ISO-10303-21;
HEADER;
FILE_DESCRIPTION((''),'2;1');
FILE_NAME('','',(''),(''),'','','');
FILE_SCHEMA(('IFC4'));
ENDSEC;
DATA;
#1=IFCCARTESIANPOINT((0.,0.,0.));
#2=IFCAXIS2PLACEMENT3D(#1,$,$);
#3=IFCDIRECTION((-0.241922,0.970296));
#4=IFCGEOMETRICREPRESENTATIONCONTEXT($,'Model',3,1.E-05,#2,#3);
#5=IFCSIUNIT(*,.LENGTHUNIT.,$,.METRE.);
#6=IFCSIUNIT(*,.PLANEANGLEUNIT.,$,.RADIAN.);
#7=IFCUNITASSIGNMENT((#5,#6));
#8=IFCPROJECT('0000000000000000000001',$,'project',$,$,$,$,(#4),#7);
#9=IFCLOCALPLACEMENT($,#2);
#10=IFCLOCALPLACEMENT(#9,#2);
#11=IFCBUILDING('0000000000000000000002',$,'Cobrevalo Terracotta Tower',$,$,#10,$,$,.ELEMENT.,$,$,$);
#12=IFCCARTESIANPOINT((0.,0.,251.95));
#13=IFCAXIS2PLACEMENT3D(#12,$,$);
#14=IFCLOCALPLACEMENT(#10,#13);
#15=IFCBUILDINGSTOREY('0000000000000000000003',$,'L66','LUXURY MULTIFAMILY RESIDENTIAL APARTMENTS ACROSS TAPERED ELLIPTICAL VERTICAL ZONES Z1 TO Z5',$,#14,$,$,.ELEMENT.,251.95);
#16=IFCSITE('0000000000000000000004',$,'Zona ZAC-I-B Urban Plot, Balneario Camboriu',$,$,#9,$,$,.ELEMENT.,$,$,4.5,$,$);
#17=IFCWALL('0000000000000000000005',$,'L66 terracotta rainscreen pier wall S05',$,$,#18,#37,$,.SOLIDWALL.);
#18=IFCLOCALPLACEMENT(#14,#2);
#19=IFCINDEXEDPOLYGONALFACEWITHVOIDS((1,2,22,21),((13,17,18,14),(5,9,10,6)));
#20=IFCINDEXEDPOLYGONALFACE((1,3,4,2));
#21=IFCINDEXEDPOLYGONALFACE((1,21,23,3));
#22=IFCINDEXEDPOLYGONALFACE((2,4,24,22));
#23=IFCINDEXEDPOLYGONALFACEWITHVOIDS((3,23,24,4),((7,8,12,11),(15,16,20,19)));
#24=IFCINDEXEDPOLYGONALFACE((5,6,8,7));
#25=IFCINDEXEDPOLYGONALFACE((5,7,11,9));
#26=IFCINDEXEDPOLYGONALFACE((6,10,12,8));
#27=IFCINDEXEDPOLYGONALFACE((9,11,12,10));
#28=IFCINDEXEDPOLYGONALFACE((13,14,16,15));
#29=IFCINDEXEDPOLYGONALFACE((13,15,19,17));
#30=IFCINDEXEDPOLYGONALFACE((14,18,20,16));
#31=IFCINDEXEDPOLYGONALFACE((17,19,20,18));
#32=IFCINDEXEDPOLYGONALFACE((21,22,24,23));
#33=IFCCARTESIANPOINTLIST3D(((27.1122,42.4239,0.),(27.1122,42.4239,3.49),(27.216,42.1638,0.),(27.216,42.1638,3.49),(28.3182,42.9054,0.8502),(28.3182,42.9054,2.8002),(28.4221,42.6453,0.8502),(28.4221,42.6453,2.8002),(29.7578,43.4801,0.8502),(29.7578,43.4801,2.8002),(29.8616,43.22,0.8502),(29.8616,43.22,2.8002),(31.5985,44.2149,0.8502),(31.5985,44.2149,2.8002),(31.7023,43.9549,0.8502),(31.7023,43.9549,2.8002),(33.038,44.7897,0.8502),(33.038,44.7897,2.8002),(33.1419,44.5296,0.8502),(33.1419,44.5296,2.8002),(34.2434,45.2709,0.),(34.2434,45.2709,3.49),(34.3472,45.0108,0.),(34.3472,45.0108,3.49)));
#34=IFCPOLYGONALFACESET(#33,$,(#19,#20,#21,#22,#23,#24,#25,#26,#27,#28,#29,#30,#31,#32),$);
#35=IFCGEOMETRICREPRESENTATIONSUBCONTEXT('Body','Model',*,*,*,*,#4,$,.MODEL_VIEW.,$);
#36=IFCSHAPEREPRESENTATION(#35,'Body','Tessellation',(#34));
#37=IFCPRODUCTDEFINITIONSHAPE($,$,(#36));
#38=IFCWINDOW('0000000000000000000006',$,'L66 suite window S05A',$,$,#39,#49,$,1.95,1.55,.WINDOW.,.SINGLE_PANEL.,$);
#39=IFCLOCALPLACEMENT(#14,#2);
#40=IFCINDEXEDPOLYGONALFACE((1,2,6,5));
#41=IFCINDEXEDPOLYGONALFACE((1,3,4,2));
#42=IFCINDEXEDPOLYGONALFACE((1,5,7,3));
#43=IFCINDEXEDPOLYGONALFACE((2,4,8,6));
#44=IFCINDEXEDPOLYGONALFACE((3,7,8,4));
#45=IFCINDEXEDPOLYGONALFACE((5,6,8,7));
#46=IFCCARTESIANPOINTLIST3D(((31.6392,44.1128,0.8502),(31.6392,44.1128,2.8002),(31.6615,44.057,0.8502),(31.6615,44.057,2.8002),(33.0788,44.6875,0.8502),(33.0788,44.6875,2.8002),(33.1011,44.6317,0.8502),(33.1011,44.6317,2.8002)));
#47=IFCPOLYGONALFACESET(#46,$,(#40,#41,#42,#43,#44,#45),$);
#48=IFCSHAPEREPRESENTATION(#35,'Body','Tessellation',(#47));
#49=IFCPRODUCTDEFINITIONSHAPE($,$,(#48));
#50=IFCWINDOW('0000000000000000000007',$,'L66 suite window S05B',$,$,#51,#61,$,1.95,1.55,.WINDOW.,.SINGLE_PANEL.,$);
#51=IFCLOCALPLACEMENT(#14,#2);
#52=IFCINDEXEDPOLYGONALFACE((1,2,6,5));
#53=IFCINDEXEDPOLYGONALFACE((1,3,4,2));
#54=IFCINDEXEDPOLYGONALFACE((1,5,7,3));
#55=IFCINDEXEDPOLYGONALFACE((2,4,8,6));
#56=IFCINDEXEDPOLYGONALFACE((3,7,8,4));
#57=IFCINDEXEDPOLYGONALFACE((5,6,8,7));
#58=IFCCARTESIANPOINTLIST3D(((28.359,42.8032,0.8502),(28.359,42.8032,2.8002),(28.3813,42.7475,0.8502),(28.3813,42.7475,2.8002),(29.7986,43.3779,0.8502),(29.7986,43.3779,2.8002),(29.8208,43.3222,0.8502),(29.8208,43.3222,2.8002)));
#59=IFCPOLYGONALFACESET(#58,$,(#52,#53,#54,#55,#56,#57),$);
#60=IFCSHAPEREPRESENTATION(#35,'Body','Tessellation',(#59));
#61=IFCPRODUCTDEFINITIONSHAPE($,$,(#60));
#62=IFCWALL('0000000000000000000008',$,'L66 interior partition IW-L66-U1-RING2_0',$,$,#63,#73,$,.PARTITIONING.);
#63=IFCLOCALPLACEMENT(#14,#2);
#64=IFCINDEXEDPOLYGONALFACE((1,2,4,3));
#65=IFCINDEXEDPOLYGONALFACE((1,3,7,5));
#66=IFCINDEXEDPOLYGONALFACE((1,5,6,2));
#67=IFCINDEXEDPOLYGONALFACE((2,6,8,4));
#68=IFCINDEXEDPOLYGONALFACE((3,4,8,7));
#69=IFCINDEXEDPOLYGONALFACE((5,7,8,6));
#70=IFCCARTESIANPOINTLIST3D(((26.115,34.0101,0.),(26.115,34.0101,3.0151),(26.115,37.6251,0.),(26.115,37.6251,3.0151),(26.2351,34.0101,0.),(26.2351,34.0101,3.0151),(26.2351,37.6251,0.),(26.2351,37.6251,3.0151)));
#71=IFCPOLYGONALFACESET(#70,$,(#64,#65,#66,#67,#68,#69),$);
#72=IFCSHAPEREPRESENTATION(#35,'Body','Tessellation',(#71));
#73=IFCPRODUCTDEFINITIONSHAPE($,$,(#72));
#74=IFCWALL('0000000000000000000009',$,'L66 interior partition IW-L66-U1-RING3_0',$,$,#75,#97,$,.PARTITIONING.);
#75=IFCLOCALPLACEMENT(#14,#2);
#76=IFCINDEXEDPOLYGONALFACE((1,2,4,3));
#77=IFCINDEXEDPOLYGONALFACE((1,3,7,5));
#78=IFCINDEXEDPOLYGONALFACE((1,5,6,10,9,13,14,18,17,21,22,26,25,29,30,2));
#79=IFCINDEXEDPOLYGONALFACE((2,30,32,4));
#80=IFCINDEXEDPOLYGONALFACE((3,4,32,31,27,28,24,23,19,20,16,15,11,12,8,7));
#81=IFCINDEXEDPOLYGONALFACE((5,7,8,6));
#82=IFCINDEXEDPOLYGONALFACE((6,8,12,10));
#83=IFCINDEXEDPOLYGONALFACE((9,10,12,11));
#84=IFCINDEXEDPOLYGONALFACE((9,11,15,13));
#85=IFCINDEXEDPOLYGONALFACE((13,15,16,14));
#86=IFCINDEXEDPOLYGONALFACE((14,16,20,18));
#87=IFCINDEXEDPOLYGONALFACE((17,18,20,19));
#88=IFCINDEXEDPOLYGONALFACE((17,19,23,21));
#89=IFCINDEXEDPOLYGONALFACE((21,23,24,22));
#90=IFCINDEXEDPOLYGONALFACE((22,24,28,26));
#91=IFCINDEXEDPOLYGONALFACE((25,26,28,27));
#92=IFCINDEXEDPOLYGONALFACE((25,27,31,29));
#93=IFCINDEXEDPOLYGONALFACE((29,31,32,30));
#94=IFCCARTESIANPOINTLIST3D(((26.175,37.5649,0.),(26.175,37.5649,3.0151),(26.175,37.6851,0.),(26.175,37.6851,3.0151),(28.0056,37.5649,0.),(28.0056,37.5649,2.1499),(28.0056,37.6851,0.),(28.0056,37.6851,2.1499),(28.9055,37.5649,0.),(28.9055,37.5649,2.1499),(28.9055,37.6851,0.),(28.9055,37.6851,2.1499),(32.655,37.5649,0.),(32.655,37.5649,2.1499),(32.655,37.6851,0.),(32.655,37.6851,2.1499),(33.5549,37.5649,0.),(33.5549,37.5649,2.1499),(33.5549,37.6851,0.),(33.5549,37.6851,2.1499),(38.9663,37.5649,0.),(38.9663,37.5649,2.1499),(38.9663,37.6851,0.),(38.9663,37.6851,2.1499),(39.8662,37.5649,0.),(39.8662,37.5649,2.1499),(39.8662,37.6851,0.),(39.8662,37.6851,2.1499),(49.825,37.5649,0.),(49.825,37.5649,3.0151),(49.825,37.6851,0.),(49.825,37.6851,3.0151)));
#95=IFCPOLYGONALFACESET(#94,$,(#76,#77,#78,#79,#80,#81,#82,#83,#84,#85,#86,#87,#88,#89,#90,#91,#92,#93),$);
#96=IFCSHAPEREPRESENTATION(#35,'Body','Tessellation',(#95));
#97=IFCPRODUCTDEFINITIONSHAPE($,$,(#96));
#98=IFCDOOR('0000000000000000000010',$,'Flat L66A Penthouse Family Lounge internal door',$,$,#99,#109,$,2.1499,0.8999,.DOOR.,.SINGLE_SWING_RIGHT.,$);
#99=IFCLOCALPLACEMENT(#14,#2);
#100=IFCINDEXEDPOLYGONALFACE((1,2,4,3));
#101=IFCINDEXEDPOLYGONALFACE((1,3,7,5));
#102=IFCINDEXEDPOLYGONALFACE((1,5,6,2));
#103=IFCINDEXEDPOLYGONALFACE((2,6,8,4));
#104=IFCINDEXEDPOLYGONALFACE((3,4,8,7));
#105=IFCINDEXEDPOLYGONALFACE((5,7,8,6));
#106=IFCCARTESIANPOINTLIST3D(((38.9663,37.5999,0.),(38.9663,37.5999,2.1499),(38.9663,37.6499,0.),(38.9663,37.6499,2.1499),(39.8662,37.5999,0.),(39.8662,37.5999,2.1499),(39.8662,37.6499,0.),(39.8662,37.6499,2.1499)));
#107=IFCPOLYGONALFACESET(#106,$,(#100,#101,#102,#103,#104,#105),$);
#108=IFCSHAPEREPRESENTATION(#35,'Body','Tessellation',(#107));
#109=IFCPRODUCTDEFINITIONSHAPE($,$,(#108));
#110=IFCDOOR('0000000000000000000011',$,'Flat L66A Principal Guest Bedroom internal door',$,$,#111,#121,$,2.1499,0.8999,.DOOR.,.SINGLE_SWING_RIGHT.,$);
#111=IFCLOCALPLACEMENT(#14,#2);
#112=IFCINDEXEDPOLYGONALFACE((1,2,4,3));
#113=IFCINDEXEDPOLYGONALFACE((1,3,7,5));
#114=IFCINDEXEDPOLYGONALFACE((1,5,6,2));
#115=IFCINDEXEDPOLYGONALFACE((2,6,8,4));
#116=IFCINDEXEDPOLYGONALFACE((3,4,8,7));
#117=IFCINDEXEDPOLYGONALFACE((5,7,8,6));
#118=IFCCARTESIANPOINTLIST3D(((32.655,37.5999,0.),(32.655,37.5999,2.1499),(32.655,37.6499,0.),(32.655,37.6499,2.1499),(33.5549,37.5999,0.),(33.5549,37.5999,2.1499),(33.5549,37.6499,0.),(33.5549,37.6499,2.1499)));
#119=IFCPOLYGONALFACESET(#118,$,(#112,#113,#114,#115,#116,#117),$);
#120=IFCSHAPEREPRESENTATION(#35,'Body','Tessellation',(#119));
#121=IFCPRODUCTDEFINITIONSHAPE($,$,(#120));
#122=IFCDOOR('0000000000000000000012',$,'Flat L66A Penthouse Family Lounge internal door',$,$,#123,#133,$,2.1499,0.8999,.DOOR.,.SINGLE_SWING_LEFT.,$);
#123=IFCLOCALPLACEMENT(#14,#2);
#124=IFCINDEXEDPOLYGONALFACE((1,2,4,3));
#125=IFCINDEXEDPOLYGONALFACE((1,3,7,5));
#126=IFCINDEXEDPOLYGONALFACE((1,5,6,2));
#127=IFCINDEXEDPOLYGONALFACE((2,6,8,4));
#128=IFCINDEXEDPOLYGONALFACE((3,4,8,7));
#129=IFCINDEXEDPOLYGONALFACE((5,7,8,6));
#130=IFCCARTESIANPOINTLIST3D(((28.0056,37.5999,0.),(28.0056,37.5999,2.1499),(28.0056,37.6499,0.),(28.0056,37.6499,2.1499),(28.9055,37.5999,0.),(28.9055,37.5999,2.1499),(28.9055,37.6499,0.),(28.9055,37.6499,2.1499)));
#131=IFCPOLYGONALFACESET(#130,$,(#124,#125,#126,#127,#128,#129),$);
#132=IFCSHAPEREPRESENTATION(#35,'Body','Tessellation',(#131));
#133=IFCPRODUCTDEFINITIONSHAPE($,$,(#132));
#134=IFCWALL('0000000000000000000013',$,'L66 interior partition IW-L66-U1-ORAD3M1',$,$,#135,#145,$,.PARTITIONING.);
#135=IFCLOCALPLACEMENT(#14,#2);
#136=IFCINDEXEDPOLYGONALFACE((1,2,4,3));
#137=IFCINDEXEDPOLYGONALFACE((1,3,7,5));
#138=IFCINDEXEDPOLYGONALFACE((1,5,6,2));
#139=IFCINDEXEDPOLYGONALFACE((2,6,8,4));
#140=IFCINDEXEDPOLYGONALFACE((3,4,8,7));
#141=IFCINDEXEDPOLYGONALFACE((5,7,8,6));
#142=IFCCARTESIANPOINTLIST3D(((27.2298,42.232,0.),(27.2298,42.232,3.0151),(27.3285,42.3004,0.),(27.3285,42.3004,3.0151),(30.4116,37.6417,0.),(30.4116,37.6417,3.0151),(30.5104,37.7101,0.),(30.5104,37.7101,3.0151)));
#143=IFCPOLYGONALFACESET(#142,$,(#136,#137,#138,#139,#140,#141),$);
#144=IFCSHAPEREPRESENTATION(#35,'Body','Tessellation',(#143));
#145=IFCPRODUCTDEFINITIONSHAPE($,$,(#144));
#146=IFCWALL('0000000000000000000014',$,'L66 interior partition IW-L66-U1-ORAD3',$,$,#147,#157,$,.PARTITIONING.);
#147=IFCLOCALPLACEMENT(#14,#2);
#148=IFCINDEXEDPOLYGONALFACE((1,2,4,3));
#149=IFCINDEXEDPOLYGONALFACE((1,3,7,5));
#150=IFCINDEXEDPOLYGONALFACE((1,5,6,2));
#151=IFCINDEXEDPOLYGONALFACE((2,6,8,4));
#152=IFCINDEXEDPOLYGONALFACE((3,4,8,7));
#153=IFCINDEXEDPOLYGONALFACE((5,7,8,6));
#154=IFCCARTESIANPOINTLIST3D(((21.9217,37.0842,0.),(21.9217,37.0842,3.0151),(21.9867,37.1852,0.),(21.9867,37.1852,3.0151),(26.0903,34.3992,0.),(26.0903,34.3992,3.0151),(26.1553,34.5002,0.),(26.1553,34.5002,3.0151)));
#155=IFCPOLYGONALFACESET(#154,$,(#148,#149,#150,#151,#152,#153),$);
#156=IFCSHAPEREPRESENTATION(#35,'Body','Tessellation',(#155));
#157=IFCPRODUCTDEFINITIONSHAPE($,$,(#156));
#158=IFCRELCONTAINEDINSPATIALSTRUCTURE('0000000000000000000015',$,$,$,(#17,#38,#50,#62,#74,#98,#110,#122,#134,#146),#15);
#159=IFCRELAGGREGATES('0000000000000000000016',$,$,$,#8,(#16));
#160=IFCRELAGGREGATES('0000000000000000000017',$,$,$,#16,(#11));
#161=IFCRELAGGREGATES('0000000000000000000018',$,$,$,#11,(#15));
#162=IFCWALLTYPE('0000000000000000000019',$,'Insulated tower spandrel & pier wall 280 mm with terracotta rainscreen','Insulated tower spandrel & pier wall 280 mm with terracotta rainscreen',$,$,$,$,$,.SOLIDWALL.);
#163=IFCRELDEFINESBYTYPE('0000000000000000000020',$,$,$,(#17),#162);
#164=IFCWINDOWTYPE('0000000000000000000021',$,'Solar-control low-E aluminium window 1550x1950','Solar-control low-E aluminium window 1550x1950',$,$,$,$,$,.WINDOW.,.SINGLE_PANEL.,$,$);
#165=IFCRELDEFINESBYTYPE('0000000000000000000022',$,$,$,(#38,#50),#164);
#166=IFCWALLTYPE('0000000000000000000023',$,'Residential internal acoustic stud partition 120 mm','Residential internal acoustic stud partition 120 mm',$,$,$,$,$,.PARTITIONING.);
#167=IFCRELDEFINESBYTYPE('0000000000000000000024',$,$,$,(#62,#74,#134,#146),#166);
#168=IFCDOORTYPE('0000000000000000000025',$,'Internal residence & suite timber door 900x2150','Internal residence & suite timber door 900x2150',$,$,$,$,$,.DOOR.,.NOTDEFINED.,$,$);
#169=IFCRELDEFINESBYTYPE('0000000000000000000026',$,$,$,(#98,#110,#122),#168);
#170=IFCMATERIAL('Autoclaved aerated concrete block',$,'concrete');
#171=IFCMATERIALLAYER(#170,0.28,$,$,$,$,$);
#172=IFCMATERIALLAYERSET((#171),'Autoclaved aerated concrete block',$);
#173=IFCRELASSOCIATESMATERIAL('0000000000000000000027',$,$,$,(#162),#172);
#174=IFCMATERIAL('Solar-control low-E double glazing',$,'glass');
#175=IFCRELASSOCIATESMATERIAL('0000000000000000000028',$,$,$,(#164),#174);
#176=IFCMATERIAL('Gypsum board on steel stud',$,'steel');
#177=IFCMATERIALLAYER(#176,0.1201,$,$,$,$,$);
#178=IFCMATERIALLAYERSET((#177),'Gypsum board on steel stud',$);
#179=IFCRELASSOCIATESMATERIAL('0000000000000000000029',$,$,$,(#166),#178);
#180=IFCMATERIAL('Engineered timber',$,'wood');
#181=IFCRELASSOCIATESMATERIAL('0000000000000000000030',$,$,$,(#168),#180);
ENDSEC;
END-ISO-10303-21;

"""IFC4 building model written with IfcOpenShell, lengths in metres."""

from ifc_helpers import new_model, si_unit, direction, frame, frame_2d, origin, place, context, subcontext, project, spatial, rectangle, extrude, source, transform, mapped, material, layer, layer_set, type_object, element, fill, save


model = new_model("IFC4")

# Units and contexts
model_context = context("Model", 3, precision=1e-05, world=origin(), true_north=direction((-0.241922, 0.970296)))
body_context = subcontext(model_context, "Body", "Model", "MODEL_VIEW")
ifc_project = project(units=[si_unit("LENGTHUNIT", "METRE"), si_unit("PLANEANGLEUNIT", "RADIAN")], contexts=[model_context])

# Site, building, storey
site_placement = place(None, origin())
site = spatial("IfcSite", under=ifc_project, at=site_placement, Name="Zona ZAC-I-B Urban Plot, Balneario Camboriu", CompositionType="ELEMENT", RefElevation=4.5)
building_placement = place(site_placement, origin())
building = spatial("IfcBuilding", under=site, at=building_placement, Name="Cobrevalo Terracotta Tower", CompositionType="ELEMENT")
storey_placement = place(building_placement, frame((0.0, 0.0, 251.95)))
storey = spatial("IfcBuildingStorey", under=building, at=storey_placement, Name="L66", Description="LUXURY MULTIFAMILY RESIDENTIAL APARTMENTS ACROSS TAPERED ELLIPTICAL VERTICAL ZONES Z1 TO Z5", CompositionType="ELEMENT", Elevation=251.95)

# Wall, openings, windows
ifc_material_1 = material(Name="Autoclaved aerated concrete block", Category="concrete")
ifc_layer_1 = layer(ifc_material_1, 0.28)
ifc_layer_set_1 = layer_set([ifc_layer_1], Name="Autoclaved aerated concrete block")
wall_type_1 = type_object("IfcWallType", Name="Insulated tower spandrel & pier wall 280 mm with terracotta rainscreen", Description="Insulated tower spandrel & pier wall 280 mm with terracotta rainscreen", PredefinedType="SOLIDWALL", material=ifc_layer_set_1)
wall_1_placement = place(storey_placement, frame((34.2954, 45.1409, 0.0), z_axis=(0.0, 0.0, 1.0), x_axis=(-0.928724, -0.370771, 0.0)))
wall_1 = element("IfcWall", 1, at=wall_1_placement, inside=storey, type_object=wall_type_1, Name="L66 terracotta rainscreen pier wall S05", PredefinedType="SOLIDWALL", context=body_context, shape_type="SweptSolid", body=[
    extrude(rectangle(XDim=7.6785, YDim=0.28, at=frame_2d((3.8394, 0.0))), origin(), (0.0, 0.0, 1.0), 3.49),
])
opening_1_placement = place(wall_1_placement, frame((1.2981, 0.0, 0.8501)))
opening_1 = element("IfcOpeningElement", 2, at=opening_1_placement, cuts=wall_1, PredefinedType="OPENING", context=body_context, shape_type="SweptSolid", body=[
    extrude(rectangle(XDim=1.55, YDim=1.95, at=frame_2d((0.7749, 0.9751))), frame((0.0, 0.1499, 0.0), z_axis=(0.0, -1.0, 0.0), x_axis=(1.0, 0.0, 0.0)), (0.0, 0.0, 1.0), 0.3),
])
opening_2_placement = place(wall_1_placement, frame((4.8301, 0.0, 0.8501)))
opening_2 = element("IfcOpeningElement", 3, at=opening_2_placement, cuts=wall_1, PredefinedType="OPENING", context=body_context, shape_type="SweptSolid", body=[
    extrude(rectangle(XDim=1.55, YDim=1.95, at=frame_2d((0.7749, 0.9751))), frame((0.0, 0.1499, 0.0), z_axis=(0.0, -1.0, 0.0), x_axis=(1.0, 0.0, 0.0)), (0.0, 0.0, 1.0), 0.3),
])
ifc_material_2 = material(Name="Solar-control low-E double glazing", Category="glass")
window_type = type_object("IfcWindowType", Name="Solar-control low-E aluminium window 1550x1950", Description="Solar-control low-E aluminium window 1550x1950", PartitioningType="SINGLE_PANEL", PredefinedType="WINDOW", material=ifc_material_2)
shared_shape_1 = source(origin(), body_context, "Body", "SweptSolid", [
    extrude(rectangle(XDim=1.55, YDim=1.95, at=frame_2d((0.7749, 0.9751))), frame((0.0, 0.03, 0.0), z_axis=(0.0, -1.0, 0.0), x_axis=(1.0, 0.0, 0.0)), (0.0, 0.0, 1.0), 0.0601),
])
window_1_placement = place(opening_1_placement, origin())
window_1 = element("IfcWindow", 4, at=window_1_placement, inside=storey, type_object=window_type, Name="L66 suite window S05A", OverallHeight=1.95, OverallWidth=1.55, PartitioningType="SINGLE_PANEL", PredefinedType="WINDOW", context=body_context, shape_type="MappedRepresentation", body=[
    mapped(shared_shape_1, transform((0.0, 0.0, 0.0), scale=1.0)),
])
fill(opening_1, window_1)
window_2_placement = place(opening_2_placement, origin())
window_2 = element("IfcWindow", 5, at=window_2_placement, inside=storey, type_object=window_type, Name="L66 suite window S05B", OverallHeight=1.95, OverallWidth=1.55, PartitioningType="SINGLE_PANEL", PredefinedType="WINDOW", context=body_context, shape_type="MappedRepresentation", body=[
    mapped(shared_shape_1, transform((0.0, 0.0, 0.0), scale=1.0)),
])
fill(opening_2, window_2)

# Wall
ifc_material_3 = material(Name="Gypsum board on steel stud", Category="steel")
ifc_layer_2 = layer(ifc_material_3, 0.1201)
ifc_layer_set_2 = layer_set([ifc_layer_2], Name="Gypsum board on steel stud")
wall_type_2 = type_object("IfcWallType", Name="Residential internal acoustic stud partition 120 mm", Description="Residential internal acoustic stud partition 120 mm", PredefinedType="PARTITIONING", material=ifc_layer_set_2)
wall_2_placement = place(storey_placement, frame((26.175, 34.01, 0.0), z_axis=(0.0, 0.0, 1.0), x_axis=(0.0, 1.0, 0.0)))
element("IfcWall", 6, at=wall_2_placement, inside=storey, type_object=wall_type_2, Name="L66 interior partition IW-L66-U1-RING2_0", PredefinedType="PARTITIONING", context=body_context, shape_type="SweptSolid", body=[
    extrude(rectangle(XDim=3.615, YDim=0.1201, at=frame_2d((1.8076, 0.0))), origin(), (0.0, 0.0, 1.0), 3.0151),
])

# Wall, openings, doors
wall_3_placement = place(storey_placement, frame((26.175, 37.625, 0.0), z_axis=(0.0, 0.0, 1.0), x_axis=(1.0, 0.0, 0.0)))
wall_3 = element("IfcWall", 7, at=wall_3_placement, inside=storey, type_object=wall_type_2, Name="L66 interior partition IW-L66-U1-RING3_0", PredefinedType="PARTITIONING", context=body_context, shape_type="SweptSolid", body=[
    extrude(rectangle(XDim=23.6499, YDim=0.1201, at=frame_2d((11.825, 0.0))), origin(), (0.0, 0.0, 1.0), 3.0151),
])
opening_3_placement = place(wall_3_placement, frame((12.7913, 0.0, 0.0)))
opening_3 = element("IfcOpeningElement", 8, at=opening_3_placement, cuts=wall_3, PredefinedType="OPENING", context=body_context, shape_type="SweptSolid", body=[
    extrude(rectangle(XDim=0.8999, YDim=2.1499, at=frame_2d((0.45, 1.075))), frame((0.0, 0.0701, 0.0), z_axis=(0.0, -1.0, 0.0), x_axis=(1.0, 0.0, 0.0)), (0.0, 0.0, 1.0), 0.1401),
])
opening_4_placement = place(wall_3_placement, frame((6.48, 0.0, 0.0)))
opening_4 = element("IfcOpeningElement", 9, at=opening_4_placement, cuts=wall_3, PredefinedType="OPENING", context=body_context, shape_type="SweptSolid", body=[
    extrude(rectangle(XDim=0.8999, YDim=2.1499, at=frame_2d((0.45, 1.075))), frame((0.0, 0.0701, 0.0), z_axis=(0.0, -1.0, 0.0), x_axis=(1.0, 0.0, 0.0)), (0.0, 0.0, 1.0), 0.1401),
])
opening_5_placement = place(wall_3_placement, frame((1.8306, 0.0, 0.0)))
opening_5 = element("IfcOpeningElement", 10, at=opening_5_placement, cuts=wall_3, PredefinedType="OPENING", context=body_context, shape_type="SweptSolid", body=[
    extrude(rectangle(XDim=0.8999, YDim=2.1499, at=frame_2d((0.45, 1.075))), frame((0.0, 0.0701, 0.0), z_axis=(0.0, -1.0, 0.0), x_axis=(1.0, 0.0, 0.0)), (0.0, 0.0, 1.0), 0.1401),
])
ifc_material_4 = material(Name="Engineered timber", Category="wood")
door_type = type_object("IfcDoorType", Name="Internal residence & suite timber door 900x2150", Description="Internal residence & suite timber door 900x2150", OperationType="NOTDEFINED", PredefinedType="DOOR", material=ifc_material_4)
shared_shape_2 = source(origin(), body_context, "Body", "SweptSolid", [
    extrude(rectangle(XDim=0.8999, YDim=2.1499, at=frame_2d((0.45, 1.075))), frame((0.0, 0.0249, 0.0), z_axis=(0.0, -1.0, 0.0), x_axis=(1.0, 0.0, 0.0)), (0.0, 0.0, 1.0), 0.05),
])
door_1_placement = place(opening_3_placement, origin())
door_1 = element("IfcDoor", 11, at=door_1_placement, inside=storey, type_object=door_type, Name="Flat L66A Penthouse Family Lounge internal door", OperationType="SINGLE_SWING_RIGHT", OverallHeight=2.1499, OverallWidth=0.8999, PredefinedType="DOOR", context=body_context, shape_type="MappedRepresentation", body=[
    mapped(shared_shape_2, transform((0.0, 0.0, 0.0), scale=1.0)),
])
fill(opening_3, door_1)
door_2_placement = place(opening_4_placement, origin())
door_2 = element("IfcDoor", 12, at=door_2_placement, inside=storey, type_object=door_type, Name="Flat L66A Principal Guest Bedroom internal door", OperationType="SINGLE_SWING_RIGHT", OverallHeight=2.1499, OverallWidth=0.8999, PredefinedType="DOOR", context=body_context, shape_type="MappedRepresentation", body=[
    mapped(shared_shape_2, transform((0.0, 0.0, 0.0), scale=1.0)),
])
fill(opening_4, door_2)
door_3_placement = place(opening_5_placement, origin())
door_3 = element("IfcDoor", 13, at=door_3_placement, inside=storey, type_object=door_type, Name="Flat L66A Penthouse Family Lounge internal door", OperationType="SINGLE_SWING_LEFT", OverallHeight=2.1499, OverallWidth=0.8999, PredefinedType="DOOR", context=body_context, shape_type="MappedRepresentation", body=[
    mapped(shared_shape_2, transform((0.0, 0.0, 0.0), scale=1.0)),
])
fill(opening_5, door_3)

# Walls
wall_4_placement = place(storey_placement, frame((30.4609, 37.676, 0.0), z_axis=(0.0, 0.0, 1.0), x_axis=(-0.569689, 0.82186, 0.0)))
element("IfcWall", 14, at=wall_4_placement, inside=storey, type_object=wall_type_2, Name="L66 interior partition IW-L66-U1-ORAD3M1", PredefinedType="PARTITIONING", context=body_context, shape_type="SweptSolid", body=[
    extrude(rectangle(XDim=5.5852, YDim=0.1201, at=frame_2d((2.7925, 0.0))), origin(), (0.0, 0.0, 1.0), 3.0151),
])
wall_5_placement = place(storey_placement, frame((26.1228, 34.4497, 0.0), z_axis=(0.0, 0.0, 1.0), x_axis=(-0.840703, 0.541496, 0.0)))
element("IfcWall", 15, at=wall_5_placement, inside=storey, type_object=wall_type_2, Name="L66 interior partition IW-L66-U1-ORAD3", PredefinedType="PARTITIONING", context=body_context, shape_type="SweptSolid", body=[
    extrude(rectangle(XDim=4.9585, YDim=0.1201, at=frame_2d((2.4792, 0.0))), origin(), (0.0, 0.0, 1.0), 3.0151),
])

save(model, "model.ifc")
